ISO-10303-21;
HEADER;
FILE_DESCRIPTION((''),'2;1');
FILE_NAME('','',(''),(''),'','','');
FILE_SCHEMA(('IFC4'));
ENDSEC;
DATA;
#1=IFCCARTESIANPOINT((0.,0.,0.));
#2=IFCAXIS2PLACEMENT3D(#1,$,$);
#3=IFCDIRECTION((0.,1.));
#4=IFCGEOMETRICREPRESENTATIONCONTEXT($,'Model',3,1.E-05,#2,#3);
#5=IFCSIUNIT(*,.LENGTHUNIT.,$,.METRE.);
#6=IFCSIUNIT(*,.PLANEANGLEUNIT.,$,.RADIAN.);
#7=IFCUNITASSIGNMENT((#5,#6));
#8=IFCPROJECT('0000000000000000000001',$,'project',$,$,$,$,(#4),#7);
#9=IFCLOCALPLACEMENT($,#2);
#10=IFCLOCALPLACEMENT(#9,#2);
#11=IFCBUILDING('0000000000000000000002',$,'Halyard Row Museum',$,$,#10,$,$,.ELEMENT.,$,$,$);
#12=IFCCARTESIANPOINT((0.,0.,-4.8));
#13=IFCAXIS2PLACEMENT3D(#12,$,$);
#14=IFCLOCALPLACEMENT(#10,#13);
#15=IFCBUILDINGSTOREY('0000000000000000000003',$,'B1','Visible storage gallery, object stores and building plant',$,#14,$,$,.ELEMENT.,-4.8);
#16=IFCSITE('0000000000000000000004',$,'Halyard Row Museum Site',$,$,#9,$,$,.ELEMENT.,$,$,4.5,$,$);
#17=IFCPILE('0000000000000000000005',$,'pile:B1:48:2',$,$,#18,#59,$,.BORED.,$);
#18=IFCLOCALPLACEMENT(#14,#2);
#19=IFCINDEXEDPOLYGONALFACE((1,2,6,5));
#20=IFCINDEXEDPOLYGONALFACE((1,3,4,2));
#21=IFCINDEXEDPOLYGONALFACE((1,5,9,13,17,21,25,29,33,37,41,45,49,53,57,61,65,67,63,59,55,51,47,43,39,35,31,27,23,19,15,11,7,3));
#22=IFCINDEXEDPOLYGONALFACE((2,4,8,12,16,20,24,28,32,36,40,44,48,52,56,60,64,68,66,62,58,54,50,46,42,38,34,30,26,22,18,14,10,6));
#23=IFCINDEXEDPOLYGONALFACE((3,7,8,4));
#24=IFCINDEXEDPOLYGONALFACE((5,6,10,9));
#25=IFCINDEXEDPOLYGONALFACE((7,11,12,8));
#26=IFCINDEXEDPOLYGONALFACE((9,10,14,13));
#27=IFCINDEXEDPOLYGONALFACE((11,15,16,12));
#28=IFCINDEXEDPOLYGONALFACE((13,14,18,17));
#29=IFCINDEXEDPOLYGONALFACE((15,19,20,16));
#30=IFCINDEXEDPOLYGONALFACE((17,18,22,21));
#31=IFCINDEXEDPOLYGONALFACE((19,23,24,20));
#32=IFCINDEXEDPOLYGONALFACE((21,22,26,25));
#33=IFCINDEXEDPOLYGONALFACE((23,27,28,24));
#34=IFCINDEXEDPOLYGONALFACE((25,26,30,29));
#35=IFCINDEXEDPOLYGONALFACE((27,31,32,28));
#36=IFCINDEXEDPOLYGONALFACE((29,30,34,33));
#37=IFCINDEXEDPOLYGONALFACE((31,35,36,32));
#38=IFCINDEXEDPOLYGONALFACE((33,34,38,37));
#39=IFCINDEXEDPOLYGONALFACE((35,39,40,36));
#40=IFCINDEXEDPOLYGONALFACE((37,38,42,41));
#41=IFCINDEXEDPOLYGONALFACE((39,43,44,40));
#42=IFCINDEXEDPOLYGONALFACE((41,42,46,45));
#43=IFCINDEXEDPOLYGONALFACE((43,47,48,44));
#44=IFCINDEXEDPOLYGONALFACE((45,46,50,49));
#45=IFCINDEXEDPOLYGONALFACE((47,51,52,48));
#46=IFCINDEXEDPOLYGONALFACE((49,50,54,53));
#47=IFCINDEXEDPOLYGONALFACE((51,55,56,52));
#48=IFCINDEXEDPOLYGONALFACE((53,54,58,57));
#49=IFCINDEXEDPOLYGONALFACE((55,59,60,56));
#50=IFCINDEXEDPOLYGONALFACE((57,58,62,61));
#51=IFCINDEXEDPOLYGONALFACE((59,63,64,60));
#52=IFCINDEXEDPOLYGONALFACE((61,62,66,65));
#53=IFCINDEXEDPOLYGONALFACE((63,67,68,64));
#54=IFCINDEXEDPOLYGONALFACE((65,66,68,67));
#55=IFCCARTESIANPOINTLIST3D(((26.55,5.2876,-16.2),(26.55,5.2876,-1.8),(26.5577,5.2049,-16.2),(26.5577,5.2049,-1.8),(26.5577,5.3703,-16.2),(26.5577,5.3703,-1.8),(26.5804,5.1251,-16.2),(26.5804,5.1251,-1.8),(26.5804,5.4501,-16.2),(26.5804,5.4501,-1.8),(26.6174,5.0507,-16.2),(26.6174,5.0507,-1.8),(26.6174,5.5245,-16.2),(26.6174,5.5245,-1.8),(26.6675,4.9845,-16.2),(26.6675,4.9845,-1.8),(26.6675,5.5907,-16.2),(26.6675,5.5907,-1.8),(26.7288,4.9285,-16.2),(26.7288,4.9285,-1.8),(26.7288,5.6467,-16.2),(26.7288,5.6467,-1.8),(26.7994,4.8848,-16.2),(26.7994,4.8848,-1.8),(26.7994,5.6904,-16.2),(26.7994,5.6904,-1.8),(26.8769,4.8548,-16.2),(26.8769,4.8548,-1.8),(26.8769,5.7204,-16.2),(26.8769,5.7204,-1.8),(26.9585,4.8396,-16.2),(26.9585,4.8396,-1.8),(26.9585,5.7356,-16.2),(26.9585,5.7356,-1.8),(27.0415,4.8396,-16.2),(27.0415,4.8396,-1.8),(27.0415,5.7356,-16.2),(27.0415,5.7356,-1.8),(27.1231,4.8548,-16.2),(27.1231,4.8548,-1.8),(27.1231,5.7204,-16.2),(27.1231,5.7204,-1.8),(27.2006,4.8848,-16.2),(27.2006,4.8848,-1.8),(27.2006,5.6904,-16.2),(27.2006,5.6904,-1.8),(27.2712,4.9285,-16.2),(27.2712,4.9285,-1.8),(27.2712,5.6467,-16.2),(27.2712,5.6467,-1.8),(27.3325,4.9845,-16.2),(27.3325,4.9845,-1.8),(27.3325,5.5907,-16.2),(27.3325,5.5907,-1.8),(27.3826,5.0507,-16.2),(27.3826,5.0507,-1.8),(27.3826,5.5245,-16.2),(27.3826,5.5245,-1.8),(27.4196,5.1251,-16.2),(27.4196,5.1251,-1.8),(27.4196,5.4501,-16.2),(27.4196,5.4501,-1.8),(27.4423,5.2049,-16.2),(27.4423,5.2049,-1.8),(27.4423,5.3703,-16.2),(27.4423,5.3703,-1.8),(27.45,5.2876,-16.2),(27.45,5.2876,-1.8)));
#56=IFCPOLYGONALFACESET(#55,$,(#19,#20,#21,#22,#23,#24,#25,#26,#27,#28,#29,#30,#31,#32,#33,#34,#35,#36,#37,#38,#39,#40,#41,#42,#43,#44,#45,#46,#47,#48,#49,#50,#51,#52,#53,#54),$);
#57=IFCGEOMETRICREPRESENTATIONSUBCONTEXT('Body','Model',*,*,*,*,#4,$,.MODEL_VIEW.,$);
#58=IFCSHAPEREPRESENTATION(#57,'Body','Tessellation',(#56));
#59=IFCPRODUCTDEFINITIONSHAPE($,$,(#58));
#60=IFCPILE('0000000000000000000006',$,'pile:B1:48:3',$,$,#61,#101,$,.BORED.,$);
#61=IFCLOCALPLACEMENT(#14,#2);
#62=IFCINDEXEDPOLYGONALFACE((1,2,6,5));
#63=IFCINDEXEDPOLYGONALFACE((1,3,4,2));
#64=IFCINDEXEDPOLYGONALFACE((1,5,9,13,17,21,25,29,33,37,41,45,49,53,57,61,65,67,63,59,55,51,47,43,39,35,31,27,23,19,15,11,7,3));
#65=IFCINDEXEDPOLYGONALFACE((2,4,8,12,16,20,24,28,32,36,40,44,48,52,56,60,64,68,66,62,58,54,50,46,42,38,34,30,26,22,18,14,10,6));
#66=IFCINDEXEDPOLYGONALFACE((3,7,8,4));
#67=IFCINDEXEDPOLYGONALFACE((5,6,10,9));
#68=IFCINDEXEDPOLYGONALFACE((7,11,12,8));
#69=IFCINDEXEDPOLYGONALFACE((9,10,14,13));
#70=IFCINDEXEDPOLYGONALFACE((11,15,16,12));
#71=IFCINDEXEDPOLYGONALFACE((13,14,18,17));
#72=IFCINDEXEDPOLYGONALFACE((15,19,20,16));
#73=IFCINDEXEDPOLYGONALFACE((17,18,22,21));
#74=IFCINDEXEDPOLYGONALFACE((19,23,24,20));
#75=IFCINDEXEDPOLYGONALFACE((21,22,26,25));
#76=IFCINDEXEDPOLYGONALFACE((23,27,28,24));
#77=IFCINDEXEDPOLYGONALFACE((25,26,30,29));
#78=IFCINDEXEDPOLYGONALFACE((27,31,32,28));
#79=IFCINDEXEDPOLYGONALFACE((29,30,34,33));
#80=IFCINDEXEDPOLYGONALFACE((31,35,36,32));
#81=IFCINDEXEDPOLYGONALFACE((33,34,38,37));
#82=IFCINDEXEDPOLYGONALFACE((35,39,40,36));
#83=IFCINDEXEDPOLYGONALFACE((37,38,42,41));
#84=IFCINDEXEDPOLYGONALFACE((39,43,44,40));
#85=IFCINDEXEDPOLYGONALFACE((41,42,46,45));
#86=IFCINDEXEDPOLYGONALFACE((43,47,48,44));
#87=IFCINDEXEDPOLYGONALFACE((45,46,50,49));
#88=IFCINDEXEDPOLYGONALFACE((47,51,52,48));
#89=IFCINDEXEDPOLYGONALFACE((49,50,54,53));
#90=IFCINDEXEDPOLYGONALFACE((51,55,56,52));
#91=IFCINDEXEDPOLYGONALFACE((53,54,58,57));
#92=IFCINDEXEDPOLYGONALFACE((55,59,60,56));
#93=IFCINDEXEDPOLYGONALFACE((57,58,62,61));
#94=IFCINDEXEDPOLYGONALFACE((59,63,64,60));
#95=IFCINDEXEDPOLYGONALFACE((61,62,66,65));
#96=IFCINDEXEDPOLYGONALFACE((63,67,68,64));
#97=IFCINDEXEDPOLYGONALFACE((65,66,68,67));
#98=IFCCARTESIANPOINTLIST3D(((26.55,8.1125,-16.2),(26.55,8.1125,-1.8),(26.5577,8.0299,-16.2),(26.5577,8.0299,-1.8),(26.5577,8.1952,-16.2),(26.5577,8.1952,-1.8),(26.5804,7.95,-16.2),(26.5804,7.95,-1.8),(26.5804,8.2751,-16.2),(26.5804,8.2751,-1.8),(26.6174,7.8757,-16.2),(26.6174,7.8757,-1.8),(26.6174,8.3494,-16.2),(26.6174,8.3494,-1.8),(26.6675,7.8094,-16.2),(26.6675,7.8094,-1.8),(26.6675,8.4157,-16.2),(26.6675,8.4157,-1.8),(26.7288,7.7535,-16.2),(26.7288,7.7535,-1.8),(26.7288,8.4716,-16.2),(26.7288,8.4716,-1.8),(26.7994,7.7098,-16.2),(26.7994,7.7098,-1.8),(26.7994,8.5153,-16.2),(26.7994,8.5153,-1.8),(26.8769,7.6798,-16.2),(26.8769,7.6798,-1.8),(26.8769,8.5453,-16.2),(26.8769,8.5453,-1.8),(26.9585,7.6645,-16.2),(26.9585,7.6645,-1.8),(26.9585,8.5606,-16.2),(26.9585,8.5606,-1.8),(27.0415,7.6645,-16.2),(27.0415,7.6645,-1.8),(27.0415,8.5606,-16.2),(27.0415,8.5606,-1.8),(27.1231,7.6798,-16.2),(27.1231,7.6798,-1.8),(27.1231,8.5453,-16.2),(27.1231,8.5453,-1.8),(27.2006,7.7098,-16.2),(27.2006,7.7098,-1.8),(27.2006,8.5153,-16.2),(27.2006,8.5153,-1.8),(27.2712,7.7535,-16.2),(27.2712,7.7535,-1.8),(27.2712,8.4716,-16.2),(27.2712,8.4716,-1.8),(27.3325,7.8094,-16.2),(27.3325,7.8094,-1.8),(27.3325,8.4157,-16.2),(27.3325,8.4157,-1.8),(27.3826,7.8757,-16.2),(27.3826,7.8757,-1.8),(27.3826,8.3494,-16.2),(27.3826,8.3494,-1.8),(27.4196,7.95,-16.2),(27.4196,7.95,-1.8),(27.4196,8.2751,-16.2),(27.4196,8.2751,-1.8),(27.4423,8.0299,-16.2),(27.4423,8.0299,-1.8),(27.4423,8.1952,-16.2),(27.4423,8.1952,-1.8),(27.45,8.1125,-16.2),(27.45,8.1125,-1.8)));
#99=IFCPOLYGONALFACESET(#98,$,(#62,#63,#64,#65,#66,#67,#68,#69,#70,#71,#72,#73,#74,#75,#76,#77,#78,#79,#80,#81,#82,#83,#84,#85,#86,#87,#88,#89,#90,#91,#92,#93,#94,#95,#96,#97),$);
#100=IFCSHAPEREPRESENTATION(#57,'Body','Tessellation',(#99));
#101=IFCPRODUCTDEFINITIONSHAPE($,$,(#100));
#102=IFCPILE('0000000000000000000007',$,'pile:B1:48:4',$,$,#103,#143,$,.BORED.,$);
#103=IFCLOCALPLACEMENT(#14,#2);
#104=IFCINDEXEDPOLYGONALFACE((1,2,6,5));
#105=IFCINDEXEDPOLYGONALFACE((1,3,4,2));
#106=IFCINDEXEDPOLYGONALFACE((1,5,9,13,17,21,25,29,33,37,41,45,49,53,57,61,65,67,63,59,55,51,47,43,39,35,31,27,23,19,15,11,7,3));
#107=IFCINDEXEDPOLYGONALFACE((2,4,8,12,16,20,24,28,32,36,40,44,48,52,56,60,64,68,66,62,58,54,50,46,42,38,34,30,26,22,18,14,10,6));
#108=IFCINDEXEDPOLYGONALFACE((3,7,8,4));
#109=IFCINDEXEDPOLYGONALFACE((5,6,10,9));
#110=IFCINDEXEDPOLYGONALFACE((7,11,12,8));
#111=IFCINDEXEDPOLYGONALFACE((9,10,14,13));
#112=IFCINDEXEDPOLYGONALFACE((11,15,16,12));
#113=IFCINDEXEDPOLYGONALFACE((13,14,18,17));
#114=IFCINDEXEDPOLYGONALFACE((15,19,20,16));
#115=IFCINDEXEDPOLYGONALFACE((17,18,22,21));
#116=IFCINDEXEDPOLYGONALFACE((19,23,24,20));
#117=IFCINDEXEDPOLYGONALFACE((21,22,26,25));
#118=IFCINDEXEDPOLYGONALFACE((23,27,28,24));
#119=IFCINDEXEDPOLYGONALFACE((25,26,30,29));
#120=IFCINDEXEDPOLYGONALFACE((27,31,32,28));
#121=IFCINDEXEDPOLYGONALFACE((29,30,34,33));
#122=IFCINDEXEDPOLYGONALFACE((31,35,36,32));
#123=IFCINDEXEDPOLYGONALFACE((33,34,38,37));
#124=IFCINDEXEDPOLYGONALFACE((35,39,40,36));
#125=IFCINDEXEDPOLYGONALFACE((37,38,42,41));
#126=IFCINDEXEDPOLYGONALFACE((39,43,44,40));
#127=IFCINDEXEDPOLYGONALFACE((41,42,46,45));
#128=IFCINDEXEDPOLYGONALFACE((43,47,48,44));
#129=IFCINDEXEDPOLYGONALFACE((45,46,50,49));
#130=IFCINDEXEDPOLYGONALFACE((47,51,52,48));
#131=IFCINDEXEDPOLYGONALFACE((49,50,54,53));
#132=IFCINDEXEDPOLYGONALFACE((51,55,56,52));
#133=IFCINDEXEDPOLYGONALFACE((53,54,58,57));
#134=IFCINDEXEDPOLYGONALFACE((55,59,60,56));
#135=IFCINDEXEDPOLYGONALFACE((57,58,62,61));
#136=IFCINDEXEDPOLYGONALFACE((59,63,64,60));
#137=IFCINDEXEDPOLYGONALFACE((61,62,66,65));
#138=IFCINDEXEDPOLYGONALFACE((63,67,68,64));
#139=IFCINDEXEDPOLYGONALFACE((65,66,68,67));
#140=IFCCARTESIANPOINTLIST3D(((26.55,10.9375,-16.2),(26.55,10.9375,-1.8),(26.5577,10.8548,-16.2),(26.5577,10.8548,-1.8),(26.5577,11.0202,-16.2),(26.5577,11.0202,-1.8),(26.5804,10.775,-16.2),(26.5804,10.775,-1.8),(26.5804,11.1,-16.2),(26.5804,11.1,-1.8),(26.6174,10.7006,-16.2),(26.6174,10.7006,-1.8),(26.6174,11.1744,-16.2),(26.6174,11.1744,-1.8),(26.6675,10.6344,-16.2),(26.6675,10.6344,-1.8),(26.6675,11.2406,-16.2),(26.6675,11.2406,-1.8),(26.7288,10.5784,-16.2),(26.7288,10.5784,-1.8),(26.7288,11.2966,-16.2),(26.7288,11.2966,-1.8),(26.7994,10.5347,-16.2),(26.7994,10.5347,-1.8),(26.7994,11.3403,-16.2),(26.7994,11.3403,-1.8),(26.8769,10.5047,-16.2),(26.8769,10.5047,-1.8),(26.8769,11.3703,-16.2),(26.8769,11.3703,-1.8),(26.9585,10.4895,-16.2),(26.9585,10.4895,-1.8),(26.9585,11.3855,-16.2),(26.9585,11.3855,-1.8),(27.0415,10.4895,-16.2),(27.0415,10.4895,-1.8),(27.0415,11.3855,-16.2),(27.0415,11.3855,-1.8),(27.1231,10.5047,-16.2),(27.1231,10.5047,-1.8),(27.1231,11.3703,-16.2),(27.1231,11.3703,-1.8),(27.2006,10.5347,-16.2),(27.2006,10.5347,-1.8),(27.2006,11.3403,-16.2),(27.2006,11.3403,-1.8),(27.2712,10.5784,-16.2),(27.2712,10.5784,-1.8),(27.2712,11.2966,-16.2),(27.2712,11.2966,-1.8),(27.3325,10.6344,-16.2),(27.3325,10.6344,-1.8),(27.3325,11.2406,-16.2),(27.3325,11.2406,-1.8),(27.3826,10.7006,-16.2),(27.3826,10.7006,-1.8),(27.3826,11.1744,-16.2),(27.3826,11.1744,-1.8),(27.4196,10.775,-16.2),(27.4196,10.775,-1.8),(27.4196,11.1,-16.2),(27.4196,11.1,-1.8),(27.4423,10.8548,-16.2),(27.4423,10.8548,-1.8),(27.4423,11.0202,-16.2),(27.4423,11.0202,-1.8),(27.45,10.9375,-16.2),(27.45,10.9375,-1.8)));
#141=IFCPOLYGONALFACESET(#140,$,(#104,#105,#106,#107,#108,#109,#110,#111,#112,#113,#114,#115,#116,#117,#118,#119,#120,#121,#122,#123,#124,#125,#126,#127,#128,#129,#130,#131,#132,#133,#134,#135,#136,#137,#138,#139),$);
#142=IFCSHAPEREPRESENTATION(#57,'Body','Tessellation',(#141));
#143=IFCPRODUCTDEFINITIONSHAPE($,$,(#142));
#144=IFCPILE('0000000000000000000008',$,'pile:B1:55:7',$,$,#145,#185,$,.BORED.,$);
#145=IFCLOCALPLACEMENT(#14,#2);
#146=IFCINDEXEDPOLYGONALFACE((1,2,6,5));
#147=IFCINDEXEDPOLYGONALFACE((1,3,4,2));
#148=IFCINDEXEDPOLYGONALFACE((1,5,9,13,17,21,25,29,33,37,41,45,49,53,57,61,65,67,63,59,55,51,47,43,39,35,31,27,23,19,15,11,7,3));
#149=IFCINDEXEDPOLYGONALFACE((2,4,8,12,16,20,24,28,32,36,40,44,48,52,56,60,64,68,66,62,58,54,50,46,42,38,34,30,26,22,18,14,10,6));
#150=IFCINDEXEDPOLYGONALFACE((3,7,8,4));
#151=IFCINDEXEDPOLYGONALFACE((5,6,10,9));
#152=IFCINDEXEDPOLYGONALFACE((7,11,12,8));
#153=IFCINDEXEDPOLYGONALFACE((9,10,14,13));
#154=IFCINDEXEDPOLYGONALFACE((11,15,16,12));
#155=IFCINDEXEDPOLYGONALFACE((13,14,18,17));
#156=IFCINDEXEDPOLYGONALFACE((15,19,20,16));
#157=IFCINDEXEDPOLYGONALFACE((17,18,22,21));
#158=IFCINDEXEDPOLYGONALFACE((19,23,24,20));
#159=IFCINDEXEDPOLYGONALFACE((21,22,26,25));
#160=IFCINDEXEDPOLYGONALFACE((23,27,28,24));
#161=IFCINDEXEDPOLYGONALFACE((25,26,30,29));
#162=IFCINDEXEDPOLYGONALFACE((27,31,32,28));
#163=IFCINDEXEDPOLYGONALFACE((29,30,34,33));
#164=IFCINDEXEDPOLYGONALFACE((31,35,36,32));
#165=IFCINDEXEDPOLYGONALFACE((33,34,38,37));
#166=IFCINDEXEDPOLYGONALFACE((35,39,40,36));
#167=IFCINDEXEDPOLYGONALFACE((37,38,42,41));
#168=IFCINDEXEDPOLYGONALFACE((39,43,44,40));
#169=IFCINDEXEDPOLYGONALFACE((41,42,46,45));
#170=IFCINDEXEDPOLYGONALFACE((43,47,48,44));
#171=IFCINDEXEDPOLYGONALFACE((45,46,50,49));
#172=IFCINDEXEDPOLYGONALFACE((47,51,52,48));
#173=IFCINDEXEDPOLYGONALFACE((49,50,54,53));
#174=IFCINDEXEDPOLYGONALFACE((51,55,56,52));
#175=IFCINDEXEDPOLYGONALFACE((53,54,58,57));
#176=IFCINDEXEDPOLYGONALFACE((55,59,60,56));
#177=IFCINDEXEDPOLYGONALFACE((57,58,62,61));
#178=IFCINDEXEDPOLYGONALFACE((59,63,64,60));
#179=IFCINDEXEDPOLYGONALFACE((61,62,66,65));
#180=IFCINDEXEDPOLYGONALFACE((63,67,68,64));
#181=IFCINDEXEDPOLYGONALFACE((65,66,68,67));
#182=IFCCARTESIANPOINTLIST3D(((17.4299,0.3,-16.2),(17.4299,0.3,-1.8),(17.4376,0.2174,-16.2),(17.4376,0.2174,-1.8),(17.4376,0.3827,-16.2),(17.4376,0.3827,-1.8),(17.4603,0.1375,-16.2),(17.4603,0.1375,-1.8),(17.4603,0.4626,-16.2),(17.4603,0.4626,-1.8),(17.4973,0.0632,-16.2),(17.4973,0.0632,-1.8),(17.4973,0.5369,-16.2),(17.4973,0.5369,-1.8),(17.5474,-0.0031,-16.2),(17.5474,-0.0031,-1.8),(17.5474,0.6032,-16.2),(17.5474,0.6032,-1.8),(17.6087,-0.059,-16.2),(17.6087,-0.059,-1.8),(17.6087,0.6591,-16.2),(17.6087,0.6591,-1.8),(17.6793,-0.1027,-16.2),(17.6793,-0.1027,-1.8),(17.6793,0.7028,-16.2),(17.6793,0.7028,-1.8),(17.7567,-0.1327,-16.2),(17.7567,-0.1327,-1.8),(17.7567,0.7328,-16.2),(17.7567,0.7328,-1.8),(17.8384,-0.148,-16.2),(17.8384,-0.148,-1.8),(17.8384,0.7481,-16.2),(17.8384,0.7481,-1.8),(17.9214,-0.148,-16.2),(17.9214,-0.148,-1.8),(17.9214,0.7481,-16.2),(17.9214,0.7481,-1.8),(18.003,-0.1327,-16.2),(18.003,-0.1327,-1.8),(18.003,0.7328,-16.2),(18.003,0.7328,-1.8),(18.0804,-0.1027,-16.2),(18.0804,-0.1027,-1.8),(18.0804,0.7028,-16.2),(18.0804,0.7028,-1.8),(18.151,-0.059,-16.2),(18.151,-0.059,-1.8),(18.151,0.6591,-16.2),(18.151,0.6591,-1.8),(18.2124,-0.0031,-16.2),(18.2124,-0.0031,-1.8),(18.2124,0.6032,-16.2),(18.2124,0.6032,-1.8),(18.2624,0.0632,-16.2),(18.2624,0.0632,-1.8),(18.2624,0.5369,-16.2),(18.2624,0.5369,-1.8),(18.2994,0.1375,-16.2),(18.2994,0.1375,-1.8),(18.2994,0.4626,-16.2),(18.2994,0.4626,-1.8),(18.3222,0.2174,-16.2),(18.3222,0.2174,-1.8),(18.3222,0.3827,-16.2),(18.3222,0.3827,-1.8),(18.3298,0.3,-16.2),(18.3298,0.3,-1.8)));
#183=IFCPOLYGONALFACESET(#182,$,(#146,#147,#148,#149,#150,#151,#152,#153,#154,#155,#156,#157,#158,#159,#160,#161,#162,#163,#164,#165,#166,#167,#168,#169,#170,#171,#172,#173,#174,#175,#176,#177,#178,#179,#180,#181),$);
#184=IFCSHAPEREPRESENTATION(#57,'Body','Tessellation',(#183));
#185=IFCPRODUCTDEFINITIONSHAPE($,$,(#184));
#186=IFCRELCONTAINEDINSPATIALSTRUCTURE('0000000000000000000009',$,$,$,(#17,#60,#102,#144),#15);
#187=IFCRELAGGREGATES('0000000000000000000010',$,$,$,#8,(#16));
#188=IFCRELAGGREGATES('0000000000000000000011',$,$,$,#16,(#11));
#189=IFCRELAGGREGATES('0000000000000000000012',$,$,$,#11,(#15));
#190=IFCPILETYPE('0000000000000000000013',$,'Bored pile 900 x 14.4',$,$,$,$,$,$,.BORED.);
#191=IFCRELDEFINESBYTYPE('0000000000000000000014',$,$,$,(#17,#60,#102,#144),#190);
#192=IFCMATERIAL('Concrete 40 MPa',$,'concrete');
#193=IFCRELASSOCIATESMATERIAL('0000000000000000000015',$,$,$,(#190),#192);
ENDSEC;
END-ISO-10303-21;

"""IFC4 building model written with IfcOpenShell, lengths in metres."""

from ifc_helpers import new_model, si_unit, direction, frame, origin, origin_2d, place, context, subcontext, project, spatial, circle, extrude, material, material_profile, profile_set, type_object, element, save


model = new_model("IFC4")

# Units and contexts
model_context = context("Model", 3, precision=1e-05, world=origin(), true_north=direction((0.0, 1.0)))
body_context = subcontext(model_context, "Body", "Model", "MODEL_VIEW")
ifc_project = project(units=[si_unit("LENGTHUNIT", "METRE"), si_unit("PLANEANGLEUNIT", "RADIAN")], contexts=[model_context])

# Site, building, storey
site_placement = place(None, origin())
site = spatial("IfcSite", under=ifc_project, at=site_placement, Name="Halyard Row Museum Site", CompositionType="ELEMENT", RefElevation=4.5)
building_placement = place(site_placement, origin())
building = spatial("IfcBuilding", under=site, at=building_placement, Name="Halyard Row Museum", CompositionType="ELEMENT")
storey_placement = place(building_placement, frame((0.0, 0.0, -4.8)))
storey = spatial("IfcBuildingStorey", under=building, at=storey_placement, Name="B1", Description="Visible storage gallery, object stores and building plant", CompositionType="ELEMENT", Elevation=-4.8)

# Piles
ifc_material_1 = material(Name="Concrete 40 MPa", Category="concrete")
ifc_material_profile_1 = material_profile(ifc_material_1, circle(Radius=0.45, at=origin_2d()), Name="Bored pile 900 x 14.4")
ifc_profile_set_1 = profile_set([ifc_material_profile_1], Name="Concrete 40 MPa")
pile_type_1 = type_object("IfcPileType", Name="Bored pile 900 x 14.4", PredefinedType="BORED", material=ifc_profile_set_1)
for number, where, z_axis, x_axis, name in (
    (1, (27.0, 5.2876, -1.8), (0.0, 0.0, -1.0), (1.0, 0.0, 0.0), "pile:B1:48:2"),
    (2, (27.0, 8.1125, -1.8), (0.0, 0.0, -1.0), (1.0, 0.0, 0.0), "pile:B1:48:3"),
    (3, (27.0, 10.9375, -1.8), (0.0, 0.0, -1.0), (1.0, 0.0, 0.0), "pile:B1:48:4"),
    (4, (17.8799, 0.3, -1.8), (0.0, 0.0, -1.0), (1.0, 0.0, 0.0), "pile:B1:55:7"),
):
    element("IfcPile", number, at=place(storey_placement, frame(where, z_axis=z_axis, x_axis=x_axis)), inside=storey, type_object=pile_type_1, Name=name, PredefinedType="BORED", context=body_context, shape_type="SweptSolid", body=[
        extrude(circle(Radius=0.45, at=origin_2d()), origin(), (0.0, 0.0, 1.0), 14.3999),
    ])

save(model, "model.ifc")
